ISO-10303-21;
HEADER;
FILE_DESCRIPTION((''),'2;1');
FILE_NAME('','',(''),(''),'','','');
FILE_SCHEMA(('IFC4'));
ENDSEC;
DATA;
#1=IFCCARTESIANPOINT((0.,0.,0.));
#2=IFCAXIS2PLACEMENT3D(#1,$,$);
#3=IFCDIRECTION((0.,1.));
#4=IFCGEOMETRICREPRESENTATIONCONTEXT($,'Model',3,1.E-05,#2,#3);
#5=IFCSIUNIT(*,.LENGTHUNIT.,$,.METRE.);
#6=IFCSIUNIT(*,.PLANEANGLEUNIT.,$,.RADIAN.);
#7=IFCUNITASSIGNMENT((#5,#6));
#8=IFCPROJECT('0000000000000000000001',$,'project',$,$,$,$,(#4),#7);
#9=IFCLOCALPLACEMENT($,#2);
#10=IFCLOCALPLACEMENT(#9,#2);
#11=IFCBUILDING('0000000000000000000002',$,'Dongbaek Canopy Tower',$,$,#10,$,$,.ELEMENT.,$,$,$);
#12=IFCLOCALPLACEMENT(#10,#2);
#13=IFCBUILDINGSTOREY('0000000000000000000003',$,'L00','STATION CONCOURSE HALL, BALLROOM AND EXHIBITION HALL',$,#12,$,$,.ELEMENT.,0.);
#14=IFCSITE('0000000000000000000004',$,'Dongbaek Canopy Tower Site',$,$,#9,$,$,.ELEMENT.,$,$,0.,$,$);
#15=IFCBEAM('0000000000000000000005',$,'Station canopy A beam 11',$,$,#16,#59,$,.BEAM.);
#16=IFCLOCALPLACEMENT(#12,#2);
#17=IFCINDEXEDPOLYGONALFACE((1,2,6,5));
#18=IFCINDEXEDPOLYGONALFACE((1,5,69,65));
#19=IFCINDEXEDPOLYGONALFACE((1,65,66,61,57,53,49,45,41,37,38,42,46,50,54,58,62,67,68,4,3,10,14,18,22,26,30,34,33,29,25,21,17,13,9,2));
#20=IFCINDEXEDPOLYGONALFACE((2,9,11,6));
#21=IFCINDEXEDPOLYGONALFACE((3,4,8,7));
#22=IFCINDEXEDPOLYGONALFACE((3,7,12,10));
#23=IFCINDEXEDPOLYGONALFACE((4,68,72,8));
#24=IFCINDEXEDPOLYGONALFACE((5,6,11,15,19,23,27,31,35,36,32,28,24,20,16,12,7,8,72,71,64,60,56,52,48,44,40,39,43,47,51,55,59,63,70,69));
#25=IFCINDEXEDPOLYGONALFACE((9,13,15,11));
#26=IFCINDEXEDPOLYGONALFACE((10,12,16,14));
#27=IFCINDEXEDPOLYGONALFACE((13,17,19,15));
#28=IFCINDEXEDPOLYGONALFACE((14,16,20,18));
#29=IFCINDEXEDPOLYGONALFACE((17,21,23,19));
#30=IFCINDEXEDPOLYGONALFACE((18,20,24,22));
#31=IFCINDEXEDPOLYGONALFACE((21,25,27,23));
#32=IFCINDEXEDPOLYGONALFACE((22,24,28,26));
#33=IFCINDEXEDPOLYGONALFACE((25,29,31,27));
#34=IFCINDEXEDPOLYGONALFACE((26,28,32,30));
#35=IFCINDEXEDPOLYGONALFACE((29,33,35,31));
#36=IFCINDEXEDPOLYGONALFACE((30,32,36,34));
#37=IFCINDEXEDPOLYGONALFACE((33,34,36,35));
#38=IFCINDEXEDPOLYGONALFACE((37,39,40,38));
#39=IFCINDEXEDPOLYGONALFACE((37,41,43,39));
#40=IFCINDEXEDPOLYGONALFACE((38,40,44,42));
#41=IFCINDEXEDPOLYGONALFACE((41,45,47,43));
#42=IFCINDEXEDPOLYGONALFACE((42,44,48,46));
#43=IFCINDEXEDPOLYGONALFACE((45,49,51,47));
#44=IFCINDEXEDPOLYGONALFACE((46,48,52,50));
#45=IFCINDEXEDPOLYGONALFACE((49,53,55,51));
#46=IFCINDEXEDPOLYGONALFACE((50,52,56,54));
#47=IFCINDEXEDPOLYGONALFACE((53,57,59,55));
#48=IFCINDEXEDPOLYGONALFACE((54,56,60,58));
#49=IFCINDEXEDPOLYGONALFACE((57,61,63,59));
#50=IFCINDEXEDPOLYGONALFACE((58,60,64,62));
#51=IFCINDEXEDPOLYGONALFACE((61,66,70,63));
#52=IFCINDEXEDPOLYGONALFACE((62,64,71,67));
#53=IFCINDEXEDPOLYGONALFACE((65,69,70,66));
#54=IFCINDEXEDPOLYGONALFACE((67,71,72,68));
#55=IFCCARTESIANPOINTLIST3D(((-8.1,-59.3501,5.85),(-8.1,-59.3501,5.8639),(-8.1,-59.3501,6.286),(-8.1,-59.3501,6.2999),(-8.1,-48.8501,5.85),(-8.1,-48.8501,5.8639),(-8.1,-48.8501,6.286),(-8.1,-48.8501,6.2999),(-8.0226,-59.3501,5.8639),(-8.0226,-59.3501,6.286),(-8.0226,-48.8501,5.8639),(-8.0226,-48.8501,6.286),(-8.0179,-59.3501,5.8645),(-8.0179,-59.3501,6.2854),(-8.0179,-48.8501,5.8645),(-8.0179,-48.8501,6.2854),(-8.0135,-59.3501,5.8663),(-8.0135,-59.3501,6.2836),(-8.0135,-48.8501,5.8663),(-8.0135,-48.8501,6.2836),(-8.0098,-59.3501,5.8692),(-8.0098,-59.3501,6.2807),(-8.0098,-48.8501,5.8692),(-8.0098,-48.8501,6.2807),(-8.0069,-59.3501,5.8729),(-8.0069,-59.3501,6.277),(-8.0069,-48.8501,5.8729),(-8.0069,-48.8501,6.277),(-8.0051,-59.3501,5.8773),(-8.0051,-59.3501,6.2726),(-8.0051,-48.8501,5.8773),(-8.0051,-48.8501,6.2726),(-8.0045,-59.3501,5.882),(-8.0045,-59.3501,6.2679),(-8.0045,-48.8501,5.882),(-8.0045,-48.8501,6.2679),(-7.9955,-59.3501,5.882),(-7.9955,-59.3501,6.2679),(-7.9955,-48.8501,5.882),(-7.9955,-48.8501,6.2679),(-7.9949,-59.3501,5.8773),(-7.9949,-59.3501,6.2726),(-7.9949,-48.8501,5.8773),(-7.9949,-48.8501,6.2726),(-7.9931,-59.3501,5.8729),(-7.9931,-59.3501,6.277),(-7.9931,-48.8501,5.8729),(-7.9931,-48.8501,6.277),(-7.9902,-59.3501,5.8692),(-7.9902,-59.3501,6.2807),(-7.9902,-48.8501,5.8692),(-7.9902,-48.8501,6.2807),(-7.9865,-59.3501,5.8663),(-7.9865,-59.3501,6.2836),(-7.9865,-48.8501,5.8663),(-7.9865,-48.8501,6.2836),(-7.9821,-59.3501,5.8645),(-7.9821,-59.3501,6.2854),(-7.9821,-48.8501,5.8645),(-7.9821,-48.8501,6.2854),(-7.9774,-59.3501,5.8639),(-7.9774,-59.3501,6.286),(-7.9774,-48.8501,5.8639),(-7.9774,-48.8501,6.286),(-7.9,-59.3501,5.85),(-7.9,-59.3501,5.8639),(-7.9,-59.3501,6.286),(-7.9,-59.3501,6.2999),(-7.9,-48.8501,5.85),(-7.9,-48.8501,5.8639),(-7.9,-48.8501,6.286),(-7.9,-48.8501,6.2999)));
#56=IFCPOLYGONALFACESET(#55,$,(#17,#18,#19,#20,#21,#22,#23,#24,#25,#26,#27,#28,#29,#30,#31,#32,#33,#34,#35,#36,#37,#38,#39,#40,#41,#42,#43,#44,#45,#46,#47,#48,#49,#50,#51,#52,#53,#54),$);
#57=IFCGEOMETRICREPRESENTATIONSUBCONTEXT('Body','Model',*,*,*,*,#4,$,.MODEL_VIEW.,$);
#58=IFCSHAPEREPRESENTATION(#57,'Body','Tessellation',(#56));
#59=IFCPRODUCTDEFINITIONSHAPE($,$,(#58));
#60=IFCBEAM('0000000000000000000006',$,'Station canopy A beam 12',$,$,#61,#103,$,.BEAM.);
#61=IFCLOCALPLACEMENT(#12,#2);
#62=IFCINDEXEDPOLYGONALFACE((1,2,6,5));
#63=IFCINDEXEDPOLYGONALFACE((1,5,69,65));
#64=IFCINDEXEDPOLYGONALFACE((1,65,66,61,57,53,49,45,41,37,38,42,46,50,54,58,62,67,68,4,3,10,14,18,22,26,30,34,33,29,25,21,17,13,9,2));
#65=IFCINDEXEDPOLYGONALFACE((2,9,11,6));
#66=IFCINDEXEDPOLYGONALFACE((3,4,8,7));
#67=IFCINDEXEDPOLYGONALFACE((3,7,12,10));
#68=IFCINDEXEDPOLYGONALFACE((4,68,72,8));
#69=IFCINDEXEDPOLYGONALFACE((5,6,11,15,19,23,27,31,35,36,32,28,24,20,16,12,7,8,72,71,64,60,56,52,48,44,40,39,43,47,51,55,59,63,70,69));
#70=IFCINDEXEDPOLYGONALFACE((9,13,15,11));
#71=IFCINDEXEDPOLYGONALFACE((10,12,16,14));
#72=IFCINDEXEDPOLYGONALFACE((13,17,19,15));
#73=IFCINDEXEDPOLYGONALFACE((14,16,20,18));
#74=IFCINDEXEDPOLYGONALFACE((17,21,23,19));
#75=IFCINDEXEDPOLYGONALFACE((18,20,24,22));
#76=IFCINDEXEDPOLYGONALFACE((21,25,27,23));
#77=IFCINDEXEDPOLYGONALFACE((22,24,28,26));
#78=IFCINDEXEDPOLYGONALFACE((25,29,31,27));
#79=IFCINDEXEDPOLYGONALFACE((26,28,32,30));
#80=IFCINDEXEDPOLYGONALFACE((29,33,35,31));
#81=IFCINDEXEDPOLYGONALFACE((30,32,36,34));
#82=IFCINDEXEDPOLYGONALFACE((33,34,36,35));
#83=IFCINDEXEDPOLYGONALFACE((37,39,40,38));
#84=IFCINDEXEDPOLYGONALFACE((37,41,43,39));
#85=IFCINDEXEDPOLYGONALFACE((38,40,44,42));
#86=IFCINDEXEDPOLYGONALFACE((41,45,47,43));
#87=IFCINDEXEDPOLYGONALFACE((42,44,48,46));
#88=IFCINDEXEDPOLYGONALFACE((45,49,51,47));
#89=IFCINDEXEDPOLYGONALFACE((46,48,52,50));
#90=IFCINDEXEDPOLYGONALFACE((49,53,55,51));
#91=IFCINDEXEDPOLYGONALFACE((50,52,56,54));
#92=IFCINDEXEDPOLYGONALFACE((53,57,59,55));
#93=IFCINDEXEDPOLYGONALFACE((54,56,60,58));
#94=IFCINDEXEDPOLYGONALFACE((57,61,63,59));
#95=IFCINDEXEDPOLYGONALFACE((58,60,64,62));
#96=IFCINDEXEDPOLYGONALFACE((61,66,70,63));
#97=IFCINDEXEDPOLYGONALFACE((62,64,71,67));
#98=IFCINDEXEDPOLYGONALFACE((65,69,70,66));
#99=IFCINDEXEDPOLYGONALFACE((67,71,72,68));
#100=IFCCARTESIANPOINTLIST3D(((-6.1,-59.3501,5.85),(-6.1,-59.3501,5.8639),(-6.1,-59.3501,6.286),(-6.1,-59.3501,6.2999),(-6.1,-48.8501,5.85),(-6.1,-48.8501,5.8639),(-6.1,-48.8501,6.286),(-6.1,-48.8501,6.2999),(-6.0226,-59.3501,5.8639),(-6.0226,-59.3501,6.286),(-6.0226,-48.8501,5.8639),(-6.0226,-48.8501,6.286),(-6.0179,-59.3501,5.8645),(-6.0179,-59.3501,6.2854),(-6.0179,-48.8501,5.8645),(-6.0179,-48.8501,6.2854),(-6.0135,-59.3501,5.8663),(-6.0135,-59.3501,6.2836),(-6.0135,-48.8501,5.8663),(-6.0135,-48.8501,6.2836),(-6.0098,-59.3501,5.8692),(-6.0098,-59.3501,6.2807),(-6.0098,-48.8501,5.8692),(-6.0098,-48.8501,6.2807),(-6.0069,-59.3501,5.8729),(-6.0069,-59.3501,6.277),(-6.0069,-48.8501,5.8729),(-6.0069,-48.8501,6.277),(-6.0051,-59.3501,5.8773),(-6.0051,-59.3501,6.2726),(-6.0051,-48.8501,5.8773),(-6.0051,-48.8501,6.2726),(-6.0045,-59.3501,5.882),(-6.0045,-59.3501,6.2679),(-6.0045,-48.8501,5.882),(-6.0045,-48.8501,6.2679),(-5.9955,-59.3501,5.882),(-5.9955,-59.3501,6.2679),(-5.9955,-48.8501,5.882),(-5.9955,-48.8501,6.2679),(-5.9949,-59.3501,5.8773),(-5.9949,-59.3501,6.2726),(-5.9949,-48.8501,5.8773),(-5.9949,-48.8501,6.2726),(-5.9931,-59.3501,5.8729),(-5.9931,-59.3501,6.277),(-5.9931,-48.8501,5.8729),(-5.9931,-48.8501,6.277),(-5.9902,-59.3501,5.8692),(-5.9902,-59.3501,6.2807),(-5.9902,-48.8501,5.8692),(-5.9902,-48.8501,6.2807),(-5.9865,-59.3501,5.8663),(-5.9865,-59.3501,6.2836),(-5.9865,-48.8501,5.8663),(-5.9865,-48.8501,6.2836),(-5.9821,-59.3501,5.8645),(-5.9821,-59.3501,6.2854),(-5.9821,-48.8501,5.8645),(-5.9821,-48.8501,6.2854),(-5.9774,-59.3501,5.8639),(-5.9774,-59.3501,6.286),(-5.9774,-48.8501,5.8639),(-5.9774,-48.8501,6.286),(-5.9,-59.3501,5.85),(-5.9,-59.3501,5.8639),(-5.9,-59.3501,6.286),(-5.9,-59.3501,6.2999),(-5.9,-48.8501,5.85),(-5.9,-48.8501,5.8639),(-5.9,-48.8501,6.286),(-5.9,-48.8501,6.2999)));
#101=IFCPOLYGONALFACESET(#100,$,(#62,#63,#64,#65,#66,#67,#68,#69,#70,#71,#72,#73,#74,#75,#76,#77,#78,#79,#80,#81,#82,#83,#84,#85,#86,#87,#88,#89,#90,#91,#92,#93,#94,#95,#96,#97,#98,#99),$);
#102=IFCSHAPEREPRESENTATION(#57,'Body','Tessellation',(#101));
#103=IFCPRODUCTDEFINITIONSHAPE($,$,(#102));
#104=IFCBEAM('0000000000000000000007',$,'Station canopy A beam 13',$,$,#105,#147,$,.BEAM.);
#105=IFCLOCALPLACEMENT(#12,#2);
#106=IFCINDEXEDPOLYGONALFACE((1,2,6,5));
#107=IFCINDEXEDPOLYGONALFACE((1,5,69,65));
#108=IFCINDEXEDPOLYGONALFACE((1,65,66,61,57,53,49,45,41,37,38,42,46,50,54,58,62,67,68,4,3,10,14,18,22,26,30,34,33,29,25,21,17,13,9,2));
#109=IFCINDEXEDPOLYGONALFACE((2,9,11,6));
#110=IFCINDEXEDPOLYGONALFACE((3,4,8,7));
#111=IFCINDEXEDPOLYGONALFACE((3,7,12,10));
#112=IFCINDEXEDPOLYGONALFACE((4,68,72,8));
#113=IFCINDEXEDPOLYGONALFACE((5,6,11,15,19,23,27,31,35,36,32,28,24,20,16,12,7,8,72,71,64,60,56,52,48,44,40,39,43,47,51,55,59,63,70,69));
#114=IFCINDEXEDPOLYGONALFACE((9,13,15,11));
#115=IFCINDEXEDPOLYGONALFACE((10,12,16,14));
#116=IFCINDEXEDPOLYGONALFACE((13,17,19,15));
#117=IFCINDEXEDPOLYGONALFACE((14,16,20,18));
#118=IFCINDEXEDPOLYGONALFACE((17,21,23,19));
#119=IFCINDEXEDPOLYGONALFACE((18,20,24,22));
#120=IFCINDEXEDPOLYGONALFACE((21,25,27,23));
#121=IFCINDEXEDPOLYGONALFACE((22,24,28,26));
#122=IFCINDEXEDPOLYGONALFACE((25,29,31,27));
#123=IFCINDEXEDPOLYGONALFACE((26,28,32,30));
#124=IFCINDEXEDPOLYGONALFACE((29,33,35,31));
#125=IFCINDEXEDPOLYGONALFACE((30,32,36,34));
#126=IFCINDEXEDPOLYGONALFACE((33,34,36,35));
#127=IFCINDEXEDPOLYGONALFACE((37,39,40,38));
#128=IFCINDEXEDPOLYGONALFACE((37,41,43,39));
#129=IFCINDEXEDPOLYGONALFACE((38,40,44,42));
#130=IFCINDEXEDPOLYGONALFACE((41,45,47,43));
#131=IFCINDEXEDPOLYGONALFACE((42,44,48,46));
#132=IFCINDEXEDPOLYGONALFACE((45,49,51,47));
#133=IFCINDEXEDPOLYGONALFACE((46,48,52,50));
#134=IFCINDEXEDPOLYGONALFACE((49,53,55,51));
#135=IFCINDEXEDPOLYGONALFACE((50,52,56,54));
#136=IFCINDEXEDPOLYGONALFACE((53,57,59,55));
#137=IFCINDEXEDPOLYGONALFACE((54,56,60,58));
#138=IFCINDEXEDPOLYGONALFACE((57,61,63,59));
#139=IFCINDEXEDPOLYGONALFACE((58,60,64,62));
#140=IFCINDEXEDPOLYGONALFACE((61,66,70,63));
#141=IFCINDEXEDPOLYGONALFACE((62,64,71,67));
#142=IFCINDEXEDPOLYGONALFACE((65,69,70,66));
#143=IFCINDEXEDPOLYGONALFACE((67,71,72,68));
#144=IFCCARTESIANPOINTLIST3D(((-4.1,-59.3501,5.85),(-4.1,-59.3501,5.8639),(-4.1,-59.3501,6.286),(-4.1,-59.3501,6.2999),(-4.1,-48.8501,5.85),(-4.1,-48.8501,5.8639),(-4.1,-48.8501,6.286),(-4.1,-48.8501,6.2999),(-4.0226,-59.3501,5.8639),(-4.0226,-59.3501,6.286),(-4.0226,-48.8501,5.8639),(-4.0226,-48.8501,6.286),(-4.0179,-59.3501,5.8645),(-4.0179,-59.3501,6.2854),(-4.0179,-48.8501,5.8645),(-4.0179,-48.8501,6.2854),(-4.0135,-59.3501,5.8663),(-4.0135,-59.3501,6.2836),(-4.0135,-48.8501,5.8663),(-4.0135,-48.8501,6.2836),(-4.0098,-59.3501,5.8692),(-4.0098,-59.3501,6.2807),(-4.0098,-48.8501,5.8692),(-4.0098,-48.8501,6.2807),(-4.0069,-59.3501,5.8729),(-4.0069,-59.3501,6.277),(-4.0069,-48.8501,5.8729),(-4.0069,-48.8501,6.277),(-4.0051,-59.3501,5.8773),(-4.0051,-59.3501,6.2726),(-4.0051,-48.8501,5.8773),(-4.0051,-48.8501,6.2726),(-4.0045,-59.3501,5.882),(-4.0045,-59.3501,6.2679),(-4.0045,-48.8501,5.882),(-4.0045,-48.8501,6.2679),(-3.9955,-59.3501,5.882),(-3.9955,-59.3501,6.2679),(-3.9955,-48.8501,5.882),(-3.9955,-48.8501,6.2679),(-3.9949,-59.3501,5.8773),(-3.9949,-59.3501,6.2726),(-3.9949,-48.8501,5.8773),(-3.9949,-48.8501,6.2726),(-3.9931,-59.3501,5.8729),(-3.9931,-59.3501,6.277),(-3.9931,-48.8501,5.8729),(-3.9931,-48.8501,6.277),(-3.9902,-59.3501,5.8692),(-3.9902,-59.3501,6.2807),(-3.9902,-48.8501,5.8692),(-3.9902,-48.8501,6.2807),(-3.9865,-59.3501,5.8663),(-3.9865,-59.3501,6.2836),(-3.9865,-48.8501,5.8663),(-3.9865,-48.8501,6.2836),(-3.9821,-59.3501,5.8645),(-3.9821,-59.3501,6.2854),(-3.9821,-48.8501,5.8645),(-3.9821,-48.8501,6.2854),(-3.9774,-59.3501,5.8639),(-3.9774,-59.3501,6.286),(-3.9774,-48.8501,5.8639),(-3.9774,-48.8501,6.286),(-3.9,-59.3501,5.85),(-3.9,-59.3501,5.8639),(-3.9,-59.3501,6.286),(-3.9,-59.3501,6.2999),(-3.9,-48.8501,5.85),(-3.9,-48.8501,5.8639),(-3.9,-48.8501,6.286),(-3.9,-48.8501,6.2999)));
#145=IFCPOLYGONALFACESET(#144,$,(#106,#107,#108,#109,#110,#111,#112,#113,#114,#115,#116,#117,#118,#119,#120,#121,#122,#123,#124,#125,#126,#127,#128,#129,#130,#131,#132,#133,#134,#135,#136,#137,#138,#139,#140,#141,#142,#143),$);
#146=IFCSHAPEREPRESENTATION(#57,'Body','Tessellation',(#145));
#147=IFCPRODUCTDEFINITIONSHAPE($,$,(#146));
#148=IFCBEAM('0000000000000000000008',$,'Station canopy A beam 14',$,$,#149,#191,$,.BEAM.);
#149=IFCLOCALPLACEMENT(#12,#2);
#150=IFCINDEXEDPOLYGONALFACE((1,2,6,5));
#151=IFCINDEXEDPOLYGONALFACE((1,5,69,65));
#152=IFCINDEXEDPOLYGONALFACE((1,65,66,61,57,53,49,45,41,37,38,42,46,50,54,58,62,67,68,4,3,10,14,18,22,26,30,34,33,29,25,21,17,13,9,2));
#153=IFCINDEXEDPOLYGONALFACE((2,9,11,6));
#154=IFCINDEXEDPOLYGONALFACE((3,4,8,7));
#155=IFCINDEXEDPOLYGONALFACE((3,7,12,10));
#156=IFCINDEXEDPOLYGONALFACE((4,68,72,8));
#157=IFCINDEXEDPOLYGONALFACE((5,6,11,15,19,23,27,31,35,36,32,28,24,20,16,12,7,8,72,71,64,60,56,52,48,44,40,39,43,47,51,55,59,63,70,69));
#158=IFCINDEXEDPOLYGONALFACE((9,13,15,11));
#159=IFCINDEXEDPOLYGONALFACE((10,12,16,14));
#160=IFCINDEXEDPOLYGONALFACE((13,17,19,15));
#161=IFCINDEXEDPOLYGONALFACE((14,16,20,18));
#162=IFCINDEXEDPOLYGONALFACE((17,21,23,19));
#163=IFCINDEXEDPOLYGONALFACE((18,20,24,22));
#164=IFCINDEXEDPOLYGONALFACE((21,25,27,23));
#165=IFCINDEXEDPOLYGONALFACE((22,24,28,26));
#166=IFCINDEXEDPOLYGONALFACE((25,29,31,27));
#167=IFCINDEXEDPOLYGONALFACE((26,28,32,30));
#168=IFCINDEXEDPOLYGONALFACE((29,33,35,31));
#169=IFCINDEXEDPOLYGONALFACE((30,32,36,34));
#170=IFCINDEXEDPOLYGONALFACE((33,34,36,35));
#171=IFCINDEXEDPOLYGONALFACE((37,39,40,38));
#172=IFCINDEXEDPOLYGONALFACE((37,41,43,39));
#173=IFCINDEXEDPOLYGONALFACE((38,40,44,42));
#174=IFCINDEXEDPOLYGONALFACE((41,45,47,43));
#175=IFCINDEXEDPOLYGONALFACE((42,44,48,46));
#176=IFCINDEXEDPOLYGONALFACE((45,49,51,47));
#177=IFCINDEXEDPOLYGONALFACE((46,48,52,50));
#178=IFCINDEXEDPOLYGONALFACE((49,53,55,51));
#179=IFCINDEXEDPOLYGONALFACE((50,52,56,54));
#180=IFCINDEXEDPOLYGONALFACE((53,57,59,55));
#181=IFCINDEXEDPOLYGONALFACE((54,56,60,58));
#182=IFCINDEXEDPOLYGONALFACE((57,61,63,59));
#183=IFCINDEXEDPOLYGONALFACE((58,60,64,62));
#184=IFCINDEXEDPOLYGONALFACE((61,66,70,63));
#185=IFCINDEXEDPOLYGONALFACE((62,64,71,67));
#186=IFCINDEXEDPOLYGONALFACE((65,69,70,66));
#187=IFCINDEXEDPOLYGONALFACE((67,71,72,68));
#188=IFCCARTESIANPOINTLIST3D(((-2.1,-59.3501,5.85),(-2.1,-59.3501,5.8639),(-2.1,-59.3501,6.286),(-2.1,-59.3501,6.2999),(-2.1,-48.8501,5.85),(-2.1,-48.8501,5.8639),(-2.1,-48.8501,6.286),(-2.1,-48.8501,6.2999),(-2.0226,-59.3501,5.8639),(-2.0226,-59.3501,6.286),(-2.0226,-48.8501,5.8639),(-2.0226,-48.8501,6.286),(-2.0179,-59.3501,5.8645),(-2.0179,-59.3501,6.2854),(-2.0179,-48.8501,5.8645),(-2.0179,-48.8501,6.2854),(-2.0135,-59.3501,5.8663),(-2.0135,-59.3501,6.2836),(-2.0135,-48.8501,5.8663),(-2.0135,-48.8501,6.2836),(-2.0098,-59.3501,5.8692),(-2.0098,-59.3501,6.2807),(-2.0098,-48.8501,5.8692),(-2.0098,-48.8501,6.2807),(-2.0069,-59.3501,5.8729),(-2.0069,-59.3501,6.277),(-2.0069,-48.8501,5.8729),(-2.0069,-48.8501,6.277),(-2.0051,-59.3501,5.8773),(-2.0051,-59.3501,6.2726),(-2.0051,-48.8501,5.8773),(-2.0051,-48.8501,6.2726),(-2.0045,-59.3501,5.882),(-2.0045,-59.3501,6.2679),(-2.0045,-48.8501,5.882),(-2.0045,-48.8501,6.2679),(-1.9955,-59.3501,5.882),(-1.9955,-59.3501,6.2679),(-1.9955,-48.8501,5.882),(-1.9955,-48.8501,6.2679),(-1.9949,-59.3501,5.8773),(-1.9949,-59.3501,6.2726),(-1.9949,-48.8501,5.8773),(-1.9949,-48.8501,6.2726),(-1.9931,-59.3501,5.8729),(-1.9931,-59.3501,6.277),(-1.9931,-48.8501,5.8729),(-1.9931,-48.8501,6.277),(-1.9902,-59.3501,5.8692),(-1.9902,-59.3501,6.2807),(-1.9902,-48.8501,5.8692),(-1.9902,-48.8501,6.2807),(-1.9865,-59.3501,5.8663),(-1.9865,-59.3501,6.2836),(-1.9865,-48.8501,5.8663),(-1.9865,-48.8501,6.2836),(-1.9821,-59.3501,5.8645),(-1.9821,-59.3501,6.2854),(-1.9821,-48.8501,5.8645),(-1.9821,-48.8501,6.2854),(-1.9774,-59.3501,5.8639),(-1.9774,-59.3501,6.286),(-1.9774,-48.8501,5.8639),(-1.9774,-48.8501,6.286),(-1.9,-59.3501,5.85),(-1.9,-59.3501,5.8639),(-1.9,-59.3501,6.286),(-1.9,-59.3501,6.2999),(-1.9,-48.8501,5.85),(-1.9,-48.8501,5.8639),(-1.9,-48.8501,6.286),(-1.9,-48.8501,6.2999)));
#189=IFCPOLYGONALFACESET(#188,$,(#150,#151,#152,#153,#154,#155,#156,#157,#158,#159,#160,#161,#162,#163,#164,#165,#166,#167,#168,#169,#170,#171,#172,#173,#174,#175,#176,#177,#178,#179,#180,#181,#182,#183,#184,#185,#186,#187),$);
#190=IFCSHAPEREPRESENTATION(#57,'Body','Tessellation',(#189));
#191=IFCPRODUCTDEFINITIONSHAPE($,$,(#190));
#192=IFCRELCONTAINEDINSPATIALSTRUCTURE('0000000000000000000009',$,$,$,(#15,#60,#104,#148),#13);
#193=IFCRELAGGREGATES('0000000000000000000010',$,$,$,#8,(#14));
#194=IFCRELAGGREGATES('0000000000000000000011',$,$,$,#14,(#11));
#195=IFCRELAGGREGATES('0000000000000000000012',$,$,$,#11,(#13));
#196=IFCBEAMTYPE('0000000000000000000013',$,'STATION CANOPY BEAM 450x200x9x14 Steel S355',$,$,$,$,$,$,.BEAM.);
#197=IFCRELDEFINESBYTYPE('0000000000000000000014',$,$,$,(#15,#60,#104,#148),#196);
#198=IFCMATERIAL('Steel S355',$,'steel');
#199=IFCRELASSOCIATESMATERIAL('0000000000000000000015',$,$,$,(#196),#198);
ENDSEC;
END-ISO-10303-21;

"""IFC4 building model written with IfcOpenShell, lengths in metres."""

from ifc_helpers import new_model, si_unit, direction, frame, origin, origin_2d, place, context, subcontext, project, spatial, i_section, extrude, material, material_profile, profile_set, type_object, element, save


model = new_model("IFC4")

# Units and contexts
model_context = context("Model", 3, precision=1e-05, world=origin(), true_north=direction((0.0, 1.0)))
body_context = subcontext(model_context, "Body", "Model", "MODEL_VIEW")
ifc_project = project(units=[si_unit("LENGTHUNIT", "METRE"), si_unit("PLANEANGLEUNIT", "RADIAN")], contexts=[model_context])

# Site, building, storey
site_placement = place(None, origin())
site = spatial("IfcSite", under=ifc_project, at=site_placement, Name="Dongbaek Canopy Tower Site", CompositionType="ELEMENT", RefElevation=0.0)
building_placement = place(site_placement, origin())
building = spatial("IfcBuilding", under=site, at=building_placement, Name="Dongbaek Canopy Tower", CompositionType="ELEMENT")
storey_placement = place(building_placement, origin())
storey = spatial("IfcBuildingStorey", under=building, at=storey_placement, Name="L00", Description="STATION CONCOURSE HALL, BALLROOM AND EXHIBITION HALL", CompositionType="ELEMENT", Elevation=0.0)

# Beams
ifc_material_1 = material(Name="Steel S355", Category="steel")
ifc_material_profile_1 = material_profile(ifc_material_1, i_section(OverallWidth=0.2, OverallDepth=0.45, WebThickness=0.009, FlangeThickness=0.0139, FilletRadius=0.0181, at=origin_2d()), Name="STATION CANOPY BEAM 450x200x9x14 Steel S355")
ifc_profile_set_1 = profile_set([ifc_material_profile_1], Name="Steel S355")
beam_type_1 = type_object("IfcBeamType", Name="STATION CANOPY BEAM 450x200x9x14 Steel S355", PredefinedType="BEAM", material=ifc_profile_set_1)
for number, where, z_axis, x_axis, name in (
    (1, (-8.0, -59.3501, 6.075), (0.0, 1.0, 0.0), (-1.0, 0.0, 0.0), "Station canopy A beam 11"),
    (2, (-6.0, -59.3501, 6.075), (0.0, 1.0, 0.0), (-1.0, 0.0, 0.0), "Station canopy A beam 12"),
    (3, (-4.0, -59.3501, 6.075), (0.0, 1.0, 0.0), (-1.0, 0.0, 0.0), "Station canopy A beam 13"),
    (4, (-2.0, -59.3501, 6.075), (0.0, 1.0, 0.0), (-1.0, 0.0, 0.0), "Station canopy A beam 14"),
):
    element("IfcBeam", number, at=place(storey_placement, frame(where, z_axis=z_axis, x_axis=x_axis)), inside=storey, type_object=beam_type_1, Name=name, PredefinedType="BEAM", context=body_context, shape_type="SweptSolid", body=[
        extrude(i_section(OverallWidth=0.2, OverallDepth=0.45, WebThickness=0.009, FlangeThickness=0.0139, FilletRadius=0.0181, at=origin_2d()), origin(), (0.0, 0.0, 1.0), 10.5),
    ])

save(model, "model.ifc")
